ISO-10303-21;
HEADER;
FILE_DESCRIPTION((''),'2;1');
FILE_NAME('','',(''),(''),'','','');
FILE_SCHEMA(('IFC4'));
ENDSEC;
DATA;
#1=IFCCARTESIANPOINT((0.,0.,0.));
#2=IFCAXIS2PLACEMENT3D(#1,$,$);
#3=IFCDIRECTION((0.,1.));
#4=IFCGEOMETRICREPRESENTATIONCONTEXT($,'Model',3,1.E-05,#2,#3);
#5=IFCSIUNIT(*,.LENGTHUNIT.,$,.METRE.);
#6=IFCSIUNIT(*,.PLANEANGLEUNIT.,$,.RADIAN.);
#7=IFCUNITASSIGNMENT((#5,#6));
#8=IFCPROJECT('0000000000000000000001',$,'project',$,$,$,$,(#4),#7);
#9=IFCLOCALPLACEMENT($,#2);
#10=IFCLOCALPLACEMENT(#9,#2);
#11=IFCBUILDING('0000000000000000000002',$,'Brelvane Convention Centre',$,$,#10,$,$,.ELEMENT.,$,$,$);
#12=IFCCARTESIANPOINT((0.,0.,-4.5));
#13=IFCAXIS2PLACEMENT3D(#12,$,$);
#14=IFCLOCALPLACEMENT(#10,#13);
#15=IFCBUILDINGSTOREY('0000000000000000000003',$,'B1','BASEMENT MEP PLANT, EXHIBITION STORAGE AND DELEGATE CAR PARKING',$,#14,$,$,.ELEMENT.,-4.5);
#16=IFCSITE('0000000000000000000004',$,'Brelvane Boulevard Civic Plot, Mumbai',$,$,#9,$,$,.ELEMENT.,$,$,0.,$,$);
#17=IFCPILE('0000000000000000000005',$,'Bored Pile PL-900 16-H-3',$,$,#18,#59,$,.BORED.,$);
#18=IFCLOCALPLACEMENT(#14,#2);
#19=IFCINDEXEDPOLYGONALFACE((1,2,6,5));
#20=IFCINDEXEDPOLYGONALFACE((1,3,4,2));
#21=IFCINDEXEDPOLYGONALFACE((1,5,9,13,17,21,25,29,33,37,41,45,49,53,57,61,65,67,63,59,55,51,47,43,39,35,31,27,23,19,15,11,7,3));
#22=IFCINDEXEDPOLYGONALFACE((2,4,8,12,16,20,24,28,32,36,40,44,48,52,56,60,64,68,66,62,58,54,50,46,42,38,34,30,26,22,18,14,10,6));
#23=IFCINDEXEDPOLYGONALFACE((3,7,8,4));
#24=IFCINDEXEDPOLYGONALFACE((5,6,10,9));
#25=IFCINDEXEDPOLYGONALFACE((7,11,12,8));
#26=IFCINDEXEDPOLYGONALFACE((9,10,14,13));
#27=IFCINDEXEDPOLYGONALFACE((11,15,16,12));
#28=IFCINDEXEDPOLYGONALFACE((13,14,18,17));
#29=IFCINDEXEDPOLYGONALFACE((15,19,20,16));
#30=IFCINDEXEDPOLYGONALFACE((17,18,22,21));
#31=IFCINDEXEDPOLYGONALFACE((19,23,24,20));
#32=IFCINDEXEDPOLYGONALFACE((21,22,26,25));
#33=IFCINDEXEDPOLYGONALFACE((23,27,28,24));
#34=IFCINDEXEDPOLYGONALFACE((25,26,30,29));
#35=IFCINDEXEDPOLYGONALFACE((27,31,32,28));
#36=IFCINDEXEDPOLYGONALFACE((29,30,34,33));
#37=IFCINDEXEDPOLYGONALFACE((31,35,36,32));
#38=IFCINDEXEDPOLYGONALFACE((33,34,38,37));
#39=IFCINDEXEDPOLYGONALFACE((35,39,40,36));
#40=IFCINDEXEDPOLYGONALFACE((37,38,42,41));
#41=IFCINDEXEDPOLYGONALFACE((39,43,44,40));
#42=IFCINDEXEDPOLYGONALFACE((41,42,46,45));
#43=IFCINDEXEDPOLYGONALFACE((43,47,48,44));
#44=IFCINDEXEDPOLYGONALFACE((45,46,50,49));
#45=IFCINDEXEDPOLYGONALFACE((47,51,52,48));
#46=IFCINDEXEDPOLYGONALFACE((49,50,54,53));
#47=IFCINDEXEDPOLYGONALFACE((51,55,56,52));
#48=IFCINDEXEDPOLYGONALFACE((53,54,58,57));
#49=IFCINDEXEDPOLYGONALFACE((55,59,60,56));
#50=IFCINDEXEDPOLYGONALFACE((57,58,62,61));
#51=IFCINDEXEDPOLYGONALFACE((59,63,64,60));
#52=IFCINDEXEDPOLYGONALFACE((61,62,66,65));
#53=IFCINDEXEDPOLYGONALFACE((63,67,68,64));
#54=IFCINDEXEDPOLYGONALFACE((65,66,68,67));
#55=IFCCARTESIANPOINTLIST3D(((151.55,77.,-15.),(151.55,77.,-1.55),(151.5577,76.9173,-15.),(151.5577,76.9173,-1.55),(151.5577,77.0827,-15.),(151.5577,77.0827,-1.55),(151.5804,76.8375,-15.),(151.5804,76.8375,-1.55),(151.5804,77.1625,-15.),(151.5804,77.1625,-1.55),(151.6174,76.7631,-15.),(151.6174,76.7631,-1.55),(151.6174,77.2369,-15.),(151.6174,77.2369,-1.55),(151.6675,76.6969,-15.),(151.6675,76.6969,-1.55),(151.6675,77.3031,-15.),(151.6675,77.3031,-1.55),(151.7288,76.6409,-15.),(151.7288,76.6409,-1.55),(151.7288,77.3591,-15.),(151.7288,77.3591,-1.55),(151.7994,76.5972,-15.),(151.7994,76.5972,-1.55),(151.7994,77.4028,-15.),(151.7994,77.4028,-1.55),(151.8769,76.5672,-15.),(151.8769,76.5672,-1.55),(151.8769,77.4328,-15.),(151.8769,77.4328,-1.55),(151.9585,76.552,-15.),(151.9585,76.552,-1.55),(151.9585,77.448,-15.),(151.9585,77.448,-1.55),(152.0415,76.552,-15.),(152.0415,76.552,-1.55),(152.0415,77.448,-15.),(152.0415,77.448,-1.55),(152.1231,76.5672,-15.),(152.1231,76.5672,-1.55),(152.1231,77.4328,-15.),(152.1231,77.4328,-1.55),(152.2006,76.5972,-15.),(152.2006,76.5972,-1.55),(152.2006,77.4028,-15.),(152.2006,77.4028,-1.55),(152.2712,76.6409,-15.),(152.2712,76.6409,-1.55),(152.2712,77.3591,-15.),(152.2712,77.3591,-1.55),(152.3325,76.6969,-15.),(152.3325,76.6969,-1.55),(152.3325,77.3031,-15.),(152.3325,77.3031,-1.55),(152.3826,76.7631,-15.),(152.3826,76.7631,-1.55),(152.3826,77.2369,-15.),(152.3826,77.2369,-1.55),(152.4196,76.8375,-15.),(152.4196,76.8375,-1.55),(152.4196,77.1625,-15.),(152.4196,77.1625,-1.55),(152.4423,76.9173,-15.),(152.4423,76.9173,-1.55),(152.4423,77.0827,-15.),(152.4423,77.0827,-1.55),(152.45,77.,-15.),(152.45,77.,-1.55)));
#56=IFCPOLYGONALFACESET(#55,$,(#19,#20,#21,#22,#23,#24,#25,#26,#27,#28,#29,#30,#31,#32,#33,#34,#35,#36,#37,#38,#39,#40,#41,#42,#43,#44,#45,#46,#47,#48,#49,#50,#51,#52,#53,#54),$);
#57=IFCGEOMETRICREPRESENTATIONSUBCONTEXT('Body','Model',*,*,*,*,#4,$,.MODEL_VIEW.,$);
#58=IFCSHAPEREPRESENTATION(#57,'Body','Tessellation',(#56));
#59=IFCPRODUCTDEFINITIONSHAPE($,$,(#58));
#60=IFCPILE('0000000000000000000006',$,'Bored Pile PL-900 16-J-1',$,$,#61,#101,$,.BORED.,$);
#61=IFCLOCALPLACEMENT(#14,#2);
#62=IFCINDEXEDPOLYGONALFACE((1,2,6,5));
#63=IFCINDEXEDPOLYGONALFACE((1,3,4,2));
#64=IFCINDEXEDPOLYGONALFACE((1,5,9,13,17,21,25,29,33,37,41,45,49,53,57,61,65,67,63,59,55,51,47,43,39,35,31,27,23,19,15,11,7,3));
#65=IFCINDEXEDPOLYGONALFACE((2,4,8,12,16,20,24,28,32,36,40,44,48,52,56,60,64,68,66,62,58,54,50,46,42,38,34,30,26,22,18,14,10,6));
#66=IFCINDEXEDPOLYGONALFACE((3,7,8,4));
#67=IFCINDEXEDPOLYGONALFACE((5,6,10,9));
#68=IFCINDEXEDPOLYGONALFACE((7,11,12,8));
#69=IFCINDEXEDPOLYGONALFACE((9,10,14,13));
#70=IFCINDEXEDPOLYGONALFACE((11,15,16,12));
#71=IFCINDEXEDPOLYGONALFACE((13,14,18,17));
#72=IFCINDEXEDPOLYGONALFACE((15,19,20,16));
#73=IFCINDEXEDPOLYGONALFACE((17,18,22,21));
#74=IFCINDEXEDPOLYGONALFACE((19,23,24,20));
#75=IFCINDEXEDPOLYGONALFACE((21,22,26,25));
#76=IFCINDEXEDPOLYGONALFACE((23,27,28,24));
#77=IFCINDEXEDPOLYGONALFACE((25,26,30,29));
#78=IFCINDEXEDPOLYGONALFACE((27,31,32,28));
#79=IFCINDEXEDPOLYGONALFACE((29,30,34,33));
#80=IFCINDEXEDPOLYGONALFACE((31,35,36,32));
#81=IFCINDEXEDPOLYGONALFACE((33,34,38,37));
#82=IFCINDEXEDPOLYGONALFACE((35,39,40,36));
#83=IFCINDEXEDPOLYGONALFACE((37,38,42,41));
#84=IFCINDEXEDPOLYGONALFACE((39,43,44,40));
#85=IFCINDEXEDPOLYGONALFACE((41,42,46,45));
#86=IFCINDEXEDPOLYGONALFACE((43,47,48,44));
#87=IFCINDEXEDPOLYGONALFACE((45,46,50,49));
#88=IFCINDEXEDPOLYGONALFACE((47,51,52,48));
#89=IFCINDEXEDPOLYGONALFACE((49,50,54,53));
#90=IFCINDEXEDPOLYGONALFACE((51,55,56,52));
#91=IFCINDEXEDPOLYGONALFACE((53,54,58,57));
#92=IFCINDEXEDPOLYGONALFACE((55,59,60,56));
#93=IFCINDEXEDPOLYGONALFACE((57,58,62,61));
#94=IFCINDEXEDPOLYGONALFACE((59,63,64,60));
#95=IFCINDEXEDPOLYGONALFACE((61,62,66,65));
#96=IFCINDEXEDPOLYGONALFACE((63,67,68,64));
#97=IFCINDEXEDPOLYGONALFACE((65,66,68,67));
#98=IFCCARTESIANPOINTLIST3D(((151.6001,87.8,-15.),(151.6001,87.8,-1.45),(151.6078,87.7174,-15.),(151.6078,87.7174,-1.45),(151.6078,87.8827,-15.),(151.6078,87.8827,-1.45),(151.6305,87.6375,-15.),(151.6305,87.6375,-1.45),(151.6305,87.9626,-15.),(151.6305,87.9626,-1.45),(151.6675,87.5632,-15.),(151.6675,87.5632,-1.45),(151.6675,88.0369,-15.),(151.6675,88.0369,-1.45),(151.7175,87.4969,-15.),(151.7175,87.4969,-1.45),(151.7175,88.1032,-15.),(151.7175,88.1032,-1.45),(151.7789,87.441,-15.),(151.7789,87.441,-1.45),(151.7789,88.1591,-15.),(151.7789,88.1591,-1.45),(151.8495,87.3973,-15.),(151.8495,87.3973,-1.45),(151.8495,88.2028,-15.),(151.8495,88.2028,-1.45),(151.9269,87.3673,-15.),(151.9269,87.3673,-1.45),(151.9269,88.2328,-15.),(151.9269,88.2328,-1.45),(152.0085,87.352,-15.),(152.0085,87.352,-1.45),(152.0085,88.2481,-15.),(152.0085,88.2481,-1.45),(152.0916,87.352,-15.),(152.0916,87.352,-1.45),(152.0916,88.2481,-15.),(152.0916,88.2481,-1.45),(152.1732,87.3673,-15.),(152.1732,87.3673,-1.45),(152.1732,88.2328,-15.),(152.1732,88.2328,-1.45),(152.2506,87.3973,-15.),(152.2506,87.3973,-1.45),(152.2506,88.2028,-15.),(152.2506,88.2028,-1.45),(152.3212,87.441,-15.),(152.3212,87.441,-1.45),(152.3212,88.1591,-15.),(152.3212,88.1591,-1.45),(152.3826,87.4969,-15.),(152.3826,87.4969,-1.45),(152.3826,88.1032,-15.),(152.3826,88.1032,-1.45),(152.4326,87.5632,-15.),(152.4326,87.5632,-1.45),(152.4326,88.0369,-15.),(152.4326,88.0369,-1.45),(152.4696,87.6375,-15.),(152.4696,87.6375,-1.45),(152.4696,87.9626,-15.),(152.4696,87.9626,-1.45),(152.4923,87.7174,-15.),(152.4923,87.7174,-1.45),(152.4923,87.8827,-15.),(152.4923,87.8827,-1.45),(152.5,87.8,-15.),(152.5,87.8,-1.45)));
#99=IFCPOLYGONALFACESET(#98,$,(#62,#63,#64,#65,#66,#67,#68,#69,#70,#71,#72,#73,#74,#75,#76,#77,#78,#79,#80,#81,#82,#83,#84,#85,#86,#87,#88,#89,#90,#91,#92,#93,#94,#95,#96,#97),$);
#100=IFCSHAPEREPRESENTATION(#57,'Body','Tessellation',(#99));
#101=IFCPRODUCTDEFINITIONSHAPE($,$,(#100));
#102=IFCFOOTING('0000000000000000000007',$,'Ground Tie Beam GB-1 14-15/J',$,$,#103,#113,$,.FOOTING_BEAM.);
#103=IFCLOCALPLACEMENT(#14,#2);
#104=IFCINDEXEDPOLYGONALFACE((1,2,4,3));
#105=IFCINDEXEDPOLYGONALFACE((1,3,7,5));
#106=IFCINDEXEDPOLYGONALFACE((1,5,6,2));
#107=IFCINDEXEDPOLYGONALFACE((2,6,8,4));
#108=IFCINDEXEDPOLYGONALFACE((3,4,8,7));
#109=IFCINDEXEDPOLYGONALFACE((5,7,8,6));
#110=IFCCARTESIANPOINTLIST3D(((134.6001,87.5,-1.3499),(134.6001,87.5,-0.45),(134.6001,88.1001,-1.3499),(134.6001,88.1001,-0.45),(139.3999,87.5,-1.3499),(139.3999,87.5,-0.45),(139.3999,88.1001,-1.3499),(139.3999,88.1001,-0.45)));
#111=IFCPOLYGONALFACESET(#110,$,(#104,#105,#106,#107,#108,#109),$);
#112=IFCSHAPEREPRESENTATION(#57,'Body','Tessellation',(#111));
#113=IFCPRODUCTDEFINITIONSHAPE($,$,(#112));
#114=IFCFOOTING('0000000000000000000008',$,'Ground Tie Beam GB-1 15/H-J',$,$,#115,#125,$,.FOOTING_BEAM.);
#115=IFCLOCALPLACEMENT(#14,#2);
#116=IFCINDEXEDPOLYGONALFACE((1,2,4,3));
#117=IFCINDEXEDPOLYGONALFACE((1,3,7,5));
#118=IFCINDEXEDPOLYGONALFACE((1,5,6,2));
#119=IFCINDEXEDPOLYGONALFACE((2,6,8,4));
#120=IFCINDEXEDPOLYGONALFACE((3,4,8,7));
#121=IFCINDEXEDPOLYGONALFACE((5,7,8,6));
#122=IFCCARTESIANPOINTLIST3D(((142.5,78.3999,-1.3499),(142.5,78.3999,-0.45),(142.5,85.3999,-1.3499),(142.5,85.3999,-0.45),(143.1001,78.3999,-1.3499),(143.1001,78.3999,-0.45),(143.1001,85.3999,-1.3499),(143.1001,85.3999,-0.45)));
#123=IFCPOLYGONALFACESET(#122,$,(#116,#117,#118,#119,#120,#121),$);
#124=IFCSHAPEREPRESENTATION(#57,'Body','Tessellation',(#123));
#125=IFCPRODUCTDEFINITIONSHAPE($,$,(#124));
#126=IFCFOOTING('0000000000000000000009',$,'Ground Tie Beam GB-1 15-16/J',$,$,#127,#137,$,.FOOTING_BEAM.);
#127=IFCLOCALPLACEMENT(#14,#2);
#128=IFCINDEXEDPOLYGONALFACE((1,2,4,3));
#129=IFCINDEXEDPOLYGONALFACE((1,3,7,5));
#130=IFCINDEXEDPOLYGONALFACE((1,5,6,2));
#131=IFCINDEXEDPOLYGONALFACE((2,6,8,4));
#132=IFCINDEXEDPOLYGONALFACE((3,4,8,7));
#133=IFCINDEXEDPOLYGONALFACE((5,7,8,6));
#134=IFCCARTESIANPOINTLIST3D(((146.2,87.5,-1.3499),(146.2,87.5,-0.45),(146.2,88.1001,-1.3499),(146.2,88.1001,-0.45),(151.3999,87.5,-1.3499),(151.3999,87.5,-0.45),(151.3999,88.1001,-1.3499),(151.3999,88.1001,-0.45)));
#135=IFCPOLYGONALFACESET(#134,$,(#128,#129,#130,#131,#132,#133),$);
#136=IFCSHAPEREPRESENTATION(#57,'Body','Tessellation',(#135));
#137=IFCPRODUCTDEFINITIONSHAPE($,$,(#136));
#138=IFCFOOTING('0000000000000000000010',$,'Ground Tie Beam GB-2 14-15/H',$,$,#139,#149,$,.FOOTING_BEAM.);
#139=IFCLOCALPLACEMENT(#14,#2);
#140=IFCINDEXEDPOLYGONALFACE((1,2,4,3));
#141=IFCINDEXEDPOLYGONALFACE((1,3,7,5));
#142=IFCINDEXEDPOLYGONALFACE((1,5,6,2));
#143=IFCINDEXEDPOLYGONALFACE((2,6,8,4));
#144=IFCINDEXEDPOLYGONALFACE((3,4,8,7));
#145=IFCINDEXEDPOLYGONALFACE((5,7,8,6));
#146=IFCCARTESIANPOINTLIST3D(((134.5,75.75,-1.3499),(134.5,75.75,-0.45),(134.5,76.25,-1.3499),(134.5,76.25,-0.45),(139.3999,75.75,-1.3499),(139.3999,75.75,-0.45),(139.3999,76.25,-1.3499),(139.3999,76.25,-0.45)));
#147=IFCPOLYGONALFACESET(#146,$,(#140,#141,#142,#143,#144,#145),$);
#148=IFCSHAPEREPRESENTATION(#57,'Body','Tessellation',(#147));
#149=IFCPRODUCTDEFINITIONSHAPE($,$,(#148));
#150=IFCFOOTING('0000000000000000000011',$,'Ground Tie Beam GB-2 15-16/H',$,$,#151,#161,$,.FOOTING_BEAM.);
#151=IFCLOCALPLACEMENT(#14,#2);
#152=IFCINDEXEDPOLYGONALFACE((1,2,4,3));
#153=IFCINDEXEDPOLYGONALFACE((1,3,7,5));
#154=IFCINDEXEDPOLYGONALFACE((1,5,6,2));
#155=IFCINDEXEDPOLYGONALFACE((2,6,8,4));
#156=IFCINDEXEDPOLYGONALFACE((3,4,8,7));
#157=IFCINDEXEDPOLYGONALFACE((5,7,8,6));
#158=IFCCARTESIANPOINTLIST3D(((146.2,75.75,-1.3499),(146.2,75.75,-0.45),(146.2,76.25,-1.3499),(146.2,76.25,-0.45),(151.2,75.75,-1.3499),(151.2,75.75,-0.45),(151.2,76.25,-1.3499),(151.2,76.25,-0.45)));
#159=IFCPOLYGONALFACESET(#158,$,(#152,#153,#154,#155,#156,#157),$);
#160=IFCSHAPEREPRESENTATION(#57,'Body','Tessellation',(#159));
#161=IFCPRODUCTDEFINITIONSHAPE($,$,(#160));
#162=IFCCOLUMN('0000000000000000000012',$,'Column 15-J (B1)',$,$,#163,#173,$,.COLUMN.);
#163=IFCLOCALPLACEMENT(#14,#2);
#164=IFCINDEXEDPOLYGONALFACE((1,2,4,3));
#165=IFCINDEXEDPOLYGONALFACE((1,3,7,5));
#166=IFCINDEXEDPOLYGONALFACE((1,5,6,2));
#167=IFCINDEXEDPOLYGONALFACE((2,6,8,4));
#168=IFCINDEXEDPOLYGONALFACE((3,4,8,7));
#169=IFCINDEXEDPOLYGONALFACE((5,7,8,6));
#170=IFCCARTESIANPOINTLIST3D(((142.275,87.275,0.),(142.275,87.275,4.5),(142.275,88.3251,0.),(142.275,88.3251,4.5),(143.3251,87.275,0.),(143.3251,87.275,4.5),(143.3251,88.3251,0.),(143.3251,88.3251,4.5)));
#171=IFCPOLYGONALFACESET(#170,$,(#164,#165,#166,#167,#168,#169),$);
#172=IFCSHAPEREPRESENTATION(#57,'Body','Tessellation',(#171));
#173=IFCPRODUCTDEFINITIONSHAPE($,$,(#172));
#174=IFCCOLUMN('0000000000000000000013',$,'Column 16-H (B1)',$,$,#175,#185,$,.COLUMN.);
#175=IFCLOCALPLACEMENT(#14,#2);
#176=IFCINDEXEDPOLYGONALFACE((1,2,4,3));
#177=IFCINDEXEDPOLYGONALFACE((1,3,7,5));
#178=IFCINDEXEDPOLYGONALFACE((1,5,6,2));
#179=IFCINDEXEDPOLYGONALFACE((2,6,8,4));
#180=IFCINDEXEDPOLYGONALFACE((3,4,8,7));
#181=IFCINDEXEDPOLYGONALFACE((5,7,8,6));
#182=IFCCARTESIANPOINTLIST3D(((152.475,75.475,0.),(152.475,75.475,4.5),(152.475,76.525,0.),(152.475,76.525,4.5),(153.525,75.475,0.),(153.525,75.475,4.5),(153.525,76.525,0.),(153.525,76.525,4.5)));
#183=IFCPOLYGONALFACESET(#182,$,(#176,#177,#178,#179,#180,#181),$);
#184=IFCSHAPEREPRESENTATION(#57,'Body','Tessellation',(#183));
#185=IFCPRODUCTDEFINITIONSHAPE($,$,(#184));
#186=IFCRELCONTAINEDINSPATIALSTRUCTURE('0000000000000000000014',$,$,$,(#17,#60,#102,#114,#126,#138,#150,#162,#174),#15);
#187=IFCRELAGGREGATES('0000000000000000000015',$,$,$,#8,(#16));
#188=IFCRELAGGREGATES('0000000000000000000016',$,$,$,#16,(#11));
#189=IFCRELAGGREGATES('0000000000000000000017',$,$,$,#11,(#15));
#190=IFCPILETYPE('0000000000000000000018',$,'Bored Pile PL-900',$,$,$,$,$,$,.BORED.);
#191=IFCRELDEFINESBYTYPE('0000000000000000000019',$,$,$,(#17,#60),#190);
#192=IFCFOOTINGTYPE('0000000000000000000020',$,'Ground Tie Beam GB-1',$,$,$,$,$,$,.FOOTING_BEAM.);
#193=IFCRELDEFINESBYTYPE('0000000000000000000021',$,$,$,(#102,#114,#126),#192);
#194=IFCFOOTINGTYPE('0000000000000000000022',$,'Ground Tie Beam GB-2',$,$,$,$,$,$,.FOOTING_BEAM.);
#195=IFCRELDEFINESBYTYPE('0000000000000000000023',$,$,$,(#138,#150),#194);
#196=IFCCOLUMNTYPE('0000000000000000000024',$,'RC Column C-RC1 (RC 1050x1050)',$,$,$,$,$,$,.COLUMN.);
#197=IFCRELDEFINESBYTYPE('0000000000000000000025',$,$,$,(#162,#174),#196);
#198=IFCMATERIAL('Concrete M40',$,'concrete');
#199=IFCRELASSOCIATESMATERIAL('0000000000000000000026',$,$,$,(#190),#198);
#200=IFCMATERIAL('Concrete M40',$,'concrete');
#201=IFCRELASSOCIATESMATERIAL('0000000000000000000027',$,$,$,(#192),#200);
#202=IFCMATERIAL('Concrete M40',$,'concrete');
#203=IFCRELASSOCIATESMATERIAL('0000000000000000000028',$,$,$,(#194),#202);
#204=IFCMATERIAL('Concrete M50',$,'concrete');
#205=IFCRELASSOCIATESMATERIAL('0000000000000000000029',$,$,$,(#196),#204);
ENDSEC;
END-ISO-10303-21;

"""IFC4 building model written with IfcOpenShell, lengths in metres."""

from ifc_helpers import new_model, si_unit, direction, frame, origin, origin_2d, place, context, subcontext, project, spatial, rectangle, circle, extrude, material, material_profile, profile_set, type_object, element, save


model = new_model("IFC4")

# Units and contexts
model_context = context("Model", 3, precision=1e-05, world=origin(), true_north=direction((0.0, 1.0)))
body_context = subcontext(model_context, "Body", "Model", "MODEL_VIEW")
ifc_project = project(units=[si_unit("LENGTHUNIT", "METRE"), si_unit("PLANEANGLEUNIT", "RADIAN")], contexts=[model_context])

# Site, building, storey
site_placement = place(None, origin())
site = spatial("IfcSite", under=ifc_project, at=site_placement, Name="Brelvane Boulevard Civic Plot, Mumbai", CompositionType="ELEMENT", RefElevation=0.0)
building_placement = place(site_placement, origin())
building = spatial("IfcBuilding", under=site, at=building_placement, Name="Brelvane Convention Centre", CompositionType="ELEMENT")
storey_placement = place(building_placement, frame((0.0, 0.0, -4.5)))
storey = spatial("IfcBuildingStorey", under=building, at=storey_placement, Name="B1", Description="BASEMENT MEP PLANT, EXHIBITION STORAGE AND DELEGATE CAR PARKING", CompositionType="ELEMENT", Elevation=-4.5)

# Piles
ifc_material_1 = material(Name="Concrete M40", Category="concrete")
ifc_material_profile_1 = material_profile(ifc_material_1, circle(Radius=0.45, at=origin_2d()), Name="PILE D900")
ifc_profile_set_1 = profile_set([ifc_material_profile_1], Name="Concrete M40")
pile_type_1 = type_object("IfcPileType", Name="Bored Pile PL-900", PredefinedType="BORED", material=ifc_profile_set_1)
for number, where, z_axis, x_axis, name in (
    (1, (152.0, 77.0, -1.55), (0.0, 0.0, -1.0), (1.0, 0.0, 0.0), "Bored Pile PL-900 16-H-3"),
):
    element("IfcPile", number, at=place(storey_placement, frame(where, z_axis=z_axis, x_axis=x_axis)), inside=storey, type_object=pile_type_1, Name=name, PredefinedType="BORED", context=body_context, shape_type="SweptSolid", body=[
        extrude(circle(Radius=0.45, at=origin_2d()), origin(), (0.0, 0.0, 1.0), 13.45),
    ])
pile_1_placement = place(storey_placement, frame((152.05, 87.8, -1.45), z_axis=(0.0, 0.0, -1.0), x_axis=(1.0, 0.0, 0.0)))
element("IfcPile", 2, at=pile_1_placement, inside=storey, type_object=pile_type_1, Name="Bored Pile PL-900 16-J-1", PredefinedType="BORED", context=body_context, shape_type="SweptSolid", body=[
    extrude(circle(Radius=0.45, at=origin_2d()), origin(), (0.0, 0.0, 1.0), 13.55),
])

# Footings
ifc_material_2 = material(Name="Concrete M40", Category="concrete")
ifc_material_profile_2 = material_profile(ifc_material_2, rectangle(XDim=0.6001, YDim=0.8999, at=origin_2d()), Name="RC 600x900")
ifc_profile_set_2 = profile_set([ifc_material_profile_2], Name="Concrete M40")
footing_type_1 = type_object("IfcFootingType", Name="Ground Tie Beam GB-1", PredefinedType="FOOTING_BEAM", material=ifc_profile_set_2)
footing_1_placement = place(storey_placement, frame((134.6001, 87.8, -0.8999), z_axis=(1.0, 0.0, 0.0), x_axis=(0.0, 1.0, 0.0)))
element("IfcFooting", 3, at=footing_1_placement, inside=storey, type_object=footing_type_1, Name="Ground Tie Beam GB-1 14-15/J", PredefinedType="FOOTING_BEAM", context=body_context, shape_type="SweptSolid", body=[
    extrude(rectangle(XDim=0.6001, YDim=0.8999, at=origin_2d()), origin(), (0.0, 0.0, 1.0), 4.7998),
])
footing_2_placement = place(storey_placement, frame((142.8, 78.3999, -0.8999), z_axis=(0.0, 1.0, 0.0), x_axis=(-1.0, 0.0, 0.0)))
element("IfcFooting", 4, at=footing_2_placement, inside=storey, type_object=footing_type_1, Name="Ground Tie Beam GB-1 15/H-J", PredefinedType="FOOTING_BEAM", context=body_context, shape_type="SweptSolid", body=[
    extrude(rectangle(XDim=0.6001, YDim=0.8999, at=origin_2d()), origin(), (0.0, 0.0, 1.0), 7.0),
])
footing_3_placement = place(storey_placement, frame((146.2, 87.8, -0.8999), z_axis=(1.0, 0.0, 0.0), x_axis=(0.0, 1.0, 0.0)))
element("IfcFooting", 5, at=footing_3_placement, inside=storey, type_object=footing_type_1, Name="Ground Tie Beam GB-1 15-16/J", PredefinedType="FOOTING_BEAM", context=body_context, shape_type="SweptSolid", body=[
    extrude(rectangle(XDim=0.6001, YDim=0.8999, at=origin_2d()), origin(), (0.0, 0.0, 1.0), 5.2),
])
ifc_material_3 = material(Name="Concrete M40", Category="concrete")
ifc_material_profile_3 = material_profile(ifc_material_3, rectangle(XDim=0.5, YDim=0.8999, at=origin_2d()), Name="RC 500x900")
ifc_profile_set_3 = profile_set([ifc_material_profile_3], Name="Concrete M40")
footing_type_2 = type_object("IfcFootingType", Name="Ground Tie Beam GB-2", PredefinedType="FOOTING_BEAM", material=ifc_profile_set_3)
footing_4_placement = place(storey_placement, frame((134.5, 76.0, -0.8999), z_axis=(1.0, 0.0, 0.0), x_axis=(0.0, 1.0, 0.0)))
element("IfcFooting", 6, at=footing_4_placement, inside=storey, type_object=footing_type_2, Name="Ground Tie Beam GB-2 14-15/H", PredefinedType="FOOTING_BEAM", context=body_context, shape_type="SweptSolid", body=[
    extrude(rectangle(XDim=0.5, YDim=0.8999, at=origin_2d()), origin(), (0.0, 0.0, 1.0), 4.8999),
])
footing_5_placement = place(storey_placement, frame((146.2, 76.0, -0.8999), z_axis=(1.0, 0.0, 0.0), x_axis=(0.0, 1.0, 0.0)))
element("IfcFooting", 7, at=footing_5_placement, inside=storey, type_object=footing_type_2, Name="Ground Tie Beam GB-2 15-16/H", PredefinedType="FOOTING_BEAM", context=body_context, shape_type="SweptSolid", body=[
    extrude(rectangle(XDim=0.5, YDim=0.8999, at=origin_2d()), origin(), (0.0, 0.0, 1.0), 5.0),
])

# Columns
ifc_material_4 = material(Name="Concrete M50", Category="concrete")
ifc_material_profile_4 = material_profile(ifc_material_4, rectangle(XDim=1.05, YDim=1.05, at=origin_2d()), Name="RC 1050x1050")
ifc_profile_set_4 = profile_set([ifc_material_profile_4], Name="Concrete M50")
column_type_1 = type_object("IfcColumnType", Name="RC Column C-RC1 (RC 1050x1050)", PredefinedType="COLUMN", material=ifc_profile_set_4)
for number, where, z_axis, x_axis, name in (
    (8, (142.8, 87.8, 0.0), (0.0, 0.0, 1.0), (1.0, 0.0, 0.0), "Column 15-J (B1)"),
    (9, (153.0, 76.0, 0.0), (0.0, 0.0, 1.0), (1.0, 0.0, 0.0), "Column 16-H (B1)"),
):
    element("IfcColumn", number, at=place(storey_placement, frame(where, z_axis=z_axis, x_axis=x_axis)), inside=storey, type_object=column_type_1, Name=name, PredefinedType="COLUMN", context=body_context, shape_type="SweptSolid", body=[
        extrude(rectangle(XDim=1.05, YDim=1.05, at=origin_2d()), origin(), (0.0, 0.0, 1.0), 4.5),
    ])

save(model, "model.ifc")
